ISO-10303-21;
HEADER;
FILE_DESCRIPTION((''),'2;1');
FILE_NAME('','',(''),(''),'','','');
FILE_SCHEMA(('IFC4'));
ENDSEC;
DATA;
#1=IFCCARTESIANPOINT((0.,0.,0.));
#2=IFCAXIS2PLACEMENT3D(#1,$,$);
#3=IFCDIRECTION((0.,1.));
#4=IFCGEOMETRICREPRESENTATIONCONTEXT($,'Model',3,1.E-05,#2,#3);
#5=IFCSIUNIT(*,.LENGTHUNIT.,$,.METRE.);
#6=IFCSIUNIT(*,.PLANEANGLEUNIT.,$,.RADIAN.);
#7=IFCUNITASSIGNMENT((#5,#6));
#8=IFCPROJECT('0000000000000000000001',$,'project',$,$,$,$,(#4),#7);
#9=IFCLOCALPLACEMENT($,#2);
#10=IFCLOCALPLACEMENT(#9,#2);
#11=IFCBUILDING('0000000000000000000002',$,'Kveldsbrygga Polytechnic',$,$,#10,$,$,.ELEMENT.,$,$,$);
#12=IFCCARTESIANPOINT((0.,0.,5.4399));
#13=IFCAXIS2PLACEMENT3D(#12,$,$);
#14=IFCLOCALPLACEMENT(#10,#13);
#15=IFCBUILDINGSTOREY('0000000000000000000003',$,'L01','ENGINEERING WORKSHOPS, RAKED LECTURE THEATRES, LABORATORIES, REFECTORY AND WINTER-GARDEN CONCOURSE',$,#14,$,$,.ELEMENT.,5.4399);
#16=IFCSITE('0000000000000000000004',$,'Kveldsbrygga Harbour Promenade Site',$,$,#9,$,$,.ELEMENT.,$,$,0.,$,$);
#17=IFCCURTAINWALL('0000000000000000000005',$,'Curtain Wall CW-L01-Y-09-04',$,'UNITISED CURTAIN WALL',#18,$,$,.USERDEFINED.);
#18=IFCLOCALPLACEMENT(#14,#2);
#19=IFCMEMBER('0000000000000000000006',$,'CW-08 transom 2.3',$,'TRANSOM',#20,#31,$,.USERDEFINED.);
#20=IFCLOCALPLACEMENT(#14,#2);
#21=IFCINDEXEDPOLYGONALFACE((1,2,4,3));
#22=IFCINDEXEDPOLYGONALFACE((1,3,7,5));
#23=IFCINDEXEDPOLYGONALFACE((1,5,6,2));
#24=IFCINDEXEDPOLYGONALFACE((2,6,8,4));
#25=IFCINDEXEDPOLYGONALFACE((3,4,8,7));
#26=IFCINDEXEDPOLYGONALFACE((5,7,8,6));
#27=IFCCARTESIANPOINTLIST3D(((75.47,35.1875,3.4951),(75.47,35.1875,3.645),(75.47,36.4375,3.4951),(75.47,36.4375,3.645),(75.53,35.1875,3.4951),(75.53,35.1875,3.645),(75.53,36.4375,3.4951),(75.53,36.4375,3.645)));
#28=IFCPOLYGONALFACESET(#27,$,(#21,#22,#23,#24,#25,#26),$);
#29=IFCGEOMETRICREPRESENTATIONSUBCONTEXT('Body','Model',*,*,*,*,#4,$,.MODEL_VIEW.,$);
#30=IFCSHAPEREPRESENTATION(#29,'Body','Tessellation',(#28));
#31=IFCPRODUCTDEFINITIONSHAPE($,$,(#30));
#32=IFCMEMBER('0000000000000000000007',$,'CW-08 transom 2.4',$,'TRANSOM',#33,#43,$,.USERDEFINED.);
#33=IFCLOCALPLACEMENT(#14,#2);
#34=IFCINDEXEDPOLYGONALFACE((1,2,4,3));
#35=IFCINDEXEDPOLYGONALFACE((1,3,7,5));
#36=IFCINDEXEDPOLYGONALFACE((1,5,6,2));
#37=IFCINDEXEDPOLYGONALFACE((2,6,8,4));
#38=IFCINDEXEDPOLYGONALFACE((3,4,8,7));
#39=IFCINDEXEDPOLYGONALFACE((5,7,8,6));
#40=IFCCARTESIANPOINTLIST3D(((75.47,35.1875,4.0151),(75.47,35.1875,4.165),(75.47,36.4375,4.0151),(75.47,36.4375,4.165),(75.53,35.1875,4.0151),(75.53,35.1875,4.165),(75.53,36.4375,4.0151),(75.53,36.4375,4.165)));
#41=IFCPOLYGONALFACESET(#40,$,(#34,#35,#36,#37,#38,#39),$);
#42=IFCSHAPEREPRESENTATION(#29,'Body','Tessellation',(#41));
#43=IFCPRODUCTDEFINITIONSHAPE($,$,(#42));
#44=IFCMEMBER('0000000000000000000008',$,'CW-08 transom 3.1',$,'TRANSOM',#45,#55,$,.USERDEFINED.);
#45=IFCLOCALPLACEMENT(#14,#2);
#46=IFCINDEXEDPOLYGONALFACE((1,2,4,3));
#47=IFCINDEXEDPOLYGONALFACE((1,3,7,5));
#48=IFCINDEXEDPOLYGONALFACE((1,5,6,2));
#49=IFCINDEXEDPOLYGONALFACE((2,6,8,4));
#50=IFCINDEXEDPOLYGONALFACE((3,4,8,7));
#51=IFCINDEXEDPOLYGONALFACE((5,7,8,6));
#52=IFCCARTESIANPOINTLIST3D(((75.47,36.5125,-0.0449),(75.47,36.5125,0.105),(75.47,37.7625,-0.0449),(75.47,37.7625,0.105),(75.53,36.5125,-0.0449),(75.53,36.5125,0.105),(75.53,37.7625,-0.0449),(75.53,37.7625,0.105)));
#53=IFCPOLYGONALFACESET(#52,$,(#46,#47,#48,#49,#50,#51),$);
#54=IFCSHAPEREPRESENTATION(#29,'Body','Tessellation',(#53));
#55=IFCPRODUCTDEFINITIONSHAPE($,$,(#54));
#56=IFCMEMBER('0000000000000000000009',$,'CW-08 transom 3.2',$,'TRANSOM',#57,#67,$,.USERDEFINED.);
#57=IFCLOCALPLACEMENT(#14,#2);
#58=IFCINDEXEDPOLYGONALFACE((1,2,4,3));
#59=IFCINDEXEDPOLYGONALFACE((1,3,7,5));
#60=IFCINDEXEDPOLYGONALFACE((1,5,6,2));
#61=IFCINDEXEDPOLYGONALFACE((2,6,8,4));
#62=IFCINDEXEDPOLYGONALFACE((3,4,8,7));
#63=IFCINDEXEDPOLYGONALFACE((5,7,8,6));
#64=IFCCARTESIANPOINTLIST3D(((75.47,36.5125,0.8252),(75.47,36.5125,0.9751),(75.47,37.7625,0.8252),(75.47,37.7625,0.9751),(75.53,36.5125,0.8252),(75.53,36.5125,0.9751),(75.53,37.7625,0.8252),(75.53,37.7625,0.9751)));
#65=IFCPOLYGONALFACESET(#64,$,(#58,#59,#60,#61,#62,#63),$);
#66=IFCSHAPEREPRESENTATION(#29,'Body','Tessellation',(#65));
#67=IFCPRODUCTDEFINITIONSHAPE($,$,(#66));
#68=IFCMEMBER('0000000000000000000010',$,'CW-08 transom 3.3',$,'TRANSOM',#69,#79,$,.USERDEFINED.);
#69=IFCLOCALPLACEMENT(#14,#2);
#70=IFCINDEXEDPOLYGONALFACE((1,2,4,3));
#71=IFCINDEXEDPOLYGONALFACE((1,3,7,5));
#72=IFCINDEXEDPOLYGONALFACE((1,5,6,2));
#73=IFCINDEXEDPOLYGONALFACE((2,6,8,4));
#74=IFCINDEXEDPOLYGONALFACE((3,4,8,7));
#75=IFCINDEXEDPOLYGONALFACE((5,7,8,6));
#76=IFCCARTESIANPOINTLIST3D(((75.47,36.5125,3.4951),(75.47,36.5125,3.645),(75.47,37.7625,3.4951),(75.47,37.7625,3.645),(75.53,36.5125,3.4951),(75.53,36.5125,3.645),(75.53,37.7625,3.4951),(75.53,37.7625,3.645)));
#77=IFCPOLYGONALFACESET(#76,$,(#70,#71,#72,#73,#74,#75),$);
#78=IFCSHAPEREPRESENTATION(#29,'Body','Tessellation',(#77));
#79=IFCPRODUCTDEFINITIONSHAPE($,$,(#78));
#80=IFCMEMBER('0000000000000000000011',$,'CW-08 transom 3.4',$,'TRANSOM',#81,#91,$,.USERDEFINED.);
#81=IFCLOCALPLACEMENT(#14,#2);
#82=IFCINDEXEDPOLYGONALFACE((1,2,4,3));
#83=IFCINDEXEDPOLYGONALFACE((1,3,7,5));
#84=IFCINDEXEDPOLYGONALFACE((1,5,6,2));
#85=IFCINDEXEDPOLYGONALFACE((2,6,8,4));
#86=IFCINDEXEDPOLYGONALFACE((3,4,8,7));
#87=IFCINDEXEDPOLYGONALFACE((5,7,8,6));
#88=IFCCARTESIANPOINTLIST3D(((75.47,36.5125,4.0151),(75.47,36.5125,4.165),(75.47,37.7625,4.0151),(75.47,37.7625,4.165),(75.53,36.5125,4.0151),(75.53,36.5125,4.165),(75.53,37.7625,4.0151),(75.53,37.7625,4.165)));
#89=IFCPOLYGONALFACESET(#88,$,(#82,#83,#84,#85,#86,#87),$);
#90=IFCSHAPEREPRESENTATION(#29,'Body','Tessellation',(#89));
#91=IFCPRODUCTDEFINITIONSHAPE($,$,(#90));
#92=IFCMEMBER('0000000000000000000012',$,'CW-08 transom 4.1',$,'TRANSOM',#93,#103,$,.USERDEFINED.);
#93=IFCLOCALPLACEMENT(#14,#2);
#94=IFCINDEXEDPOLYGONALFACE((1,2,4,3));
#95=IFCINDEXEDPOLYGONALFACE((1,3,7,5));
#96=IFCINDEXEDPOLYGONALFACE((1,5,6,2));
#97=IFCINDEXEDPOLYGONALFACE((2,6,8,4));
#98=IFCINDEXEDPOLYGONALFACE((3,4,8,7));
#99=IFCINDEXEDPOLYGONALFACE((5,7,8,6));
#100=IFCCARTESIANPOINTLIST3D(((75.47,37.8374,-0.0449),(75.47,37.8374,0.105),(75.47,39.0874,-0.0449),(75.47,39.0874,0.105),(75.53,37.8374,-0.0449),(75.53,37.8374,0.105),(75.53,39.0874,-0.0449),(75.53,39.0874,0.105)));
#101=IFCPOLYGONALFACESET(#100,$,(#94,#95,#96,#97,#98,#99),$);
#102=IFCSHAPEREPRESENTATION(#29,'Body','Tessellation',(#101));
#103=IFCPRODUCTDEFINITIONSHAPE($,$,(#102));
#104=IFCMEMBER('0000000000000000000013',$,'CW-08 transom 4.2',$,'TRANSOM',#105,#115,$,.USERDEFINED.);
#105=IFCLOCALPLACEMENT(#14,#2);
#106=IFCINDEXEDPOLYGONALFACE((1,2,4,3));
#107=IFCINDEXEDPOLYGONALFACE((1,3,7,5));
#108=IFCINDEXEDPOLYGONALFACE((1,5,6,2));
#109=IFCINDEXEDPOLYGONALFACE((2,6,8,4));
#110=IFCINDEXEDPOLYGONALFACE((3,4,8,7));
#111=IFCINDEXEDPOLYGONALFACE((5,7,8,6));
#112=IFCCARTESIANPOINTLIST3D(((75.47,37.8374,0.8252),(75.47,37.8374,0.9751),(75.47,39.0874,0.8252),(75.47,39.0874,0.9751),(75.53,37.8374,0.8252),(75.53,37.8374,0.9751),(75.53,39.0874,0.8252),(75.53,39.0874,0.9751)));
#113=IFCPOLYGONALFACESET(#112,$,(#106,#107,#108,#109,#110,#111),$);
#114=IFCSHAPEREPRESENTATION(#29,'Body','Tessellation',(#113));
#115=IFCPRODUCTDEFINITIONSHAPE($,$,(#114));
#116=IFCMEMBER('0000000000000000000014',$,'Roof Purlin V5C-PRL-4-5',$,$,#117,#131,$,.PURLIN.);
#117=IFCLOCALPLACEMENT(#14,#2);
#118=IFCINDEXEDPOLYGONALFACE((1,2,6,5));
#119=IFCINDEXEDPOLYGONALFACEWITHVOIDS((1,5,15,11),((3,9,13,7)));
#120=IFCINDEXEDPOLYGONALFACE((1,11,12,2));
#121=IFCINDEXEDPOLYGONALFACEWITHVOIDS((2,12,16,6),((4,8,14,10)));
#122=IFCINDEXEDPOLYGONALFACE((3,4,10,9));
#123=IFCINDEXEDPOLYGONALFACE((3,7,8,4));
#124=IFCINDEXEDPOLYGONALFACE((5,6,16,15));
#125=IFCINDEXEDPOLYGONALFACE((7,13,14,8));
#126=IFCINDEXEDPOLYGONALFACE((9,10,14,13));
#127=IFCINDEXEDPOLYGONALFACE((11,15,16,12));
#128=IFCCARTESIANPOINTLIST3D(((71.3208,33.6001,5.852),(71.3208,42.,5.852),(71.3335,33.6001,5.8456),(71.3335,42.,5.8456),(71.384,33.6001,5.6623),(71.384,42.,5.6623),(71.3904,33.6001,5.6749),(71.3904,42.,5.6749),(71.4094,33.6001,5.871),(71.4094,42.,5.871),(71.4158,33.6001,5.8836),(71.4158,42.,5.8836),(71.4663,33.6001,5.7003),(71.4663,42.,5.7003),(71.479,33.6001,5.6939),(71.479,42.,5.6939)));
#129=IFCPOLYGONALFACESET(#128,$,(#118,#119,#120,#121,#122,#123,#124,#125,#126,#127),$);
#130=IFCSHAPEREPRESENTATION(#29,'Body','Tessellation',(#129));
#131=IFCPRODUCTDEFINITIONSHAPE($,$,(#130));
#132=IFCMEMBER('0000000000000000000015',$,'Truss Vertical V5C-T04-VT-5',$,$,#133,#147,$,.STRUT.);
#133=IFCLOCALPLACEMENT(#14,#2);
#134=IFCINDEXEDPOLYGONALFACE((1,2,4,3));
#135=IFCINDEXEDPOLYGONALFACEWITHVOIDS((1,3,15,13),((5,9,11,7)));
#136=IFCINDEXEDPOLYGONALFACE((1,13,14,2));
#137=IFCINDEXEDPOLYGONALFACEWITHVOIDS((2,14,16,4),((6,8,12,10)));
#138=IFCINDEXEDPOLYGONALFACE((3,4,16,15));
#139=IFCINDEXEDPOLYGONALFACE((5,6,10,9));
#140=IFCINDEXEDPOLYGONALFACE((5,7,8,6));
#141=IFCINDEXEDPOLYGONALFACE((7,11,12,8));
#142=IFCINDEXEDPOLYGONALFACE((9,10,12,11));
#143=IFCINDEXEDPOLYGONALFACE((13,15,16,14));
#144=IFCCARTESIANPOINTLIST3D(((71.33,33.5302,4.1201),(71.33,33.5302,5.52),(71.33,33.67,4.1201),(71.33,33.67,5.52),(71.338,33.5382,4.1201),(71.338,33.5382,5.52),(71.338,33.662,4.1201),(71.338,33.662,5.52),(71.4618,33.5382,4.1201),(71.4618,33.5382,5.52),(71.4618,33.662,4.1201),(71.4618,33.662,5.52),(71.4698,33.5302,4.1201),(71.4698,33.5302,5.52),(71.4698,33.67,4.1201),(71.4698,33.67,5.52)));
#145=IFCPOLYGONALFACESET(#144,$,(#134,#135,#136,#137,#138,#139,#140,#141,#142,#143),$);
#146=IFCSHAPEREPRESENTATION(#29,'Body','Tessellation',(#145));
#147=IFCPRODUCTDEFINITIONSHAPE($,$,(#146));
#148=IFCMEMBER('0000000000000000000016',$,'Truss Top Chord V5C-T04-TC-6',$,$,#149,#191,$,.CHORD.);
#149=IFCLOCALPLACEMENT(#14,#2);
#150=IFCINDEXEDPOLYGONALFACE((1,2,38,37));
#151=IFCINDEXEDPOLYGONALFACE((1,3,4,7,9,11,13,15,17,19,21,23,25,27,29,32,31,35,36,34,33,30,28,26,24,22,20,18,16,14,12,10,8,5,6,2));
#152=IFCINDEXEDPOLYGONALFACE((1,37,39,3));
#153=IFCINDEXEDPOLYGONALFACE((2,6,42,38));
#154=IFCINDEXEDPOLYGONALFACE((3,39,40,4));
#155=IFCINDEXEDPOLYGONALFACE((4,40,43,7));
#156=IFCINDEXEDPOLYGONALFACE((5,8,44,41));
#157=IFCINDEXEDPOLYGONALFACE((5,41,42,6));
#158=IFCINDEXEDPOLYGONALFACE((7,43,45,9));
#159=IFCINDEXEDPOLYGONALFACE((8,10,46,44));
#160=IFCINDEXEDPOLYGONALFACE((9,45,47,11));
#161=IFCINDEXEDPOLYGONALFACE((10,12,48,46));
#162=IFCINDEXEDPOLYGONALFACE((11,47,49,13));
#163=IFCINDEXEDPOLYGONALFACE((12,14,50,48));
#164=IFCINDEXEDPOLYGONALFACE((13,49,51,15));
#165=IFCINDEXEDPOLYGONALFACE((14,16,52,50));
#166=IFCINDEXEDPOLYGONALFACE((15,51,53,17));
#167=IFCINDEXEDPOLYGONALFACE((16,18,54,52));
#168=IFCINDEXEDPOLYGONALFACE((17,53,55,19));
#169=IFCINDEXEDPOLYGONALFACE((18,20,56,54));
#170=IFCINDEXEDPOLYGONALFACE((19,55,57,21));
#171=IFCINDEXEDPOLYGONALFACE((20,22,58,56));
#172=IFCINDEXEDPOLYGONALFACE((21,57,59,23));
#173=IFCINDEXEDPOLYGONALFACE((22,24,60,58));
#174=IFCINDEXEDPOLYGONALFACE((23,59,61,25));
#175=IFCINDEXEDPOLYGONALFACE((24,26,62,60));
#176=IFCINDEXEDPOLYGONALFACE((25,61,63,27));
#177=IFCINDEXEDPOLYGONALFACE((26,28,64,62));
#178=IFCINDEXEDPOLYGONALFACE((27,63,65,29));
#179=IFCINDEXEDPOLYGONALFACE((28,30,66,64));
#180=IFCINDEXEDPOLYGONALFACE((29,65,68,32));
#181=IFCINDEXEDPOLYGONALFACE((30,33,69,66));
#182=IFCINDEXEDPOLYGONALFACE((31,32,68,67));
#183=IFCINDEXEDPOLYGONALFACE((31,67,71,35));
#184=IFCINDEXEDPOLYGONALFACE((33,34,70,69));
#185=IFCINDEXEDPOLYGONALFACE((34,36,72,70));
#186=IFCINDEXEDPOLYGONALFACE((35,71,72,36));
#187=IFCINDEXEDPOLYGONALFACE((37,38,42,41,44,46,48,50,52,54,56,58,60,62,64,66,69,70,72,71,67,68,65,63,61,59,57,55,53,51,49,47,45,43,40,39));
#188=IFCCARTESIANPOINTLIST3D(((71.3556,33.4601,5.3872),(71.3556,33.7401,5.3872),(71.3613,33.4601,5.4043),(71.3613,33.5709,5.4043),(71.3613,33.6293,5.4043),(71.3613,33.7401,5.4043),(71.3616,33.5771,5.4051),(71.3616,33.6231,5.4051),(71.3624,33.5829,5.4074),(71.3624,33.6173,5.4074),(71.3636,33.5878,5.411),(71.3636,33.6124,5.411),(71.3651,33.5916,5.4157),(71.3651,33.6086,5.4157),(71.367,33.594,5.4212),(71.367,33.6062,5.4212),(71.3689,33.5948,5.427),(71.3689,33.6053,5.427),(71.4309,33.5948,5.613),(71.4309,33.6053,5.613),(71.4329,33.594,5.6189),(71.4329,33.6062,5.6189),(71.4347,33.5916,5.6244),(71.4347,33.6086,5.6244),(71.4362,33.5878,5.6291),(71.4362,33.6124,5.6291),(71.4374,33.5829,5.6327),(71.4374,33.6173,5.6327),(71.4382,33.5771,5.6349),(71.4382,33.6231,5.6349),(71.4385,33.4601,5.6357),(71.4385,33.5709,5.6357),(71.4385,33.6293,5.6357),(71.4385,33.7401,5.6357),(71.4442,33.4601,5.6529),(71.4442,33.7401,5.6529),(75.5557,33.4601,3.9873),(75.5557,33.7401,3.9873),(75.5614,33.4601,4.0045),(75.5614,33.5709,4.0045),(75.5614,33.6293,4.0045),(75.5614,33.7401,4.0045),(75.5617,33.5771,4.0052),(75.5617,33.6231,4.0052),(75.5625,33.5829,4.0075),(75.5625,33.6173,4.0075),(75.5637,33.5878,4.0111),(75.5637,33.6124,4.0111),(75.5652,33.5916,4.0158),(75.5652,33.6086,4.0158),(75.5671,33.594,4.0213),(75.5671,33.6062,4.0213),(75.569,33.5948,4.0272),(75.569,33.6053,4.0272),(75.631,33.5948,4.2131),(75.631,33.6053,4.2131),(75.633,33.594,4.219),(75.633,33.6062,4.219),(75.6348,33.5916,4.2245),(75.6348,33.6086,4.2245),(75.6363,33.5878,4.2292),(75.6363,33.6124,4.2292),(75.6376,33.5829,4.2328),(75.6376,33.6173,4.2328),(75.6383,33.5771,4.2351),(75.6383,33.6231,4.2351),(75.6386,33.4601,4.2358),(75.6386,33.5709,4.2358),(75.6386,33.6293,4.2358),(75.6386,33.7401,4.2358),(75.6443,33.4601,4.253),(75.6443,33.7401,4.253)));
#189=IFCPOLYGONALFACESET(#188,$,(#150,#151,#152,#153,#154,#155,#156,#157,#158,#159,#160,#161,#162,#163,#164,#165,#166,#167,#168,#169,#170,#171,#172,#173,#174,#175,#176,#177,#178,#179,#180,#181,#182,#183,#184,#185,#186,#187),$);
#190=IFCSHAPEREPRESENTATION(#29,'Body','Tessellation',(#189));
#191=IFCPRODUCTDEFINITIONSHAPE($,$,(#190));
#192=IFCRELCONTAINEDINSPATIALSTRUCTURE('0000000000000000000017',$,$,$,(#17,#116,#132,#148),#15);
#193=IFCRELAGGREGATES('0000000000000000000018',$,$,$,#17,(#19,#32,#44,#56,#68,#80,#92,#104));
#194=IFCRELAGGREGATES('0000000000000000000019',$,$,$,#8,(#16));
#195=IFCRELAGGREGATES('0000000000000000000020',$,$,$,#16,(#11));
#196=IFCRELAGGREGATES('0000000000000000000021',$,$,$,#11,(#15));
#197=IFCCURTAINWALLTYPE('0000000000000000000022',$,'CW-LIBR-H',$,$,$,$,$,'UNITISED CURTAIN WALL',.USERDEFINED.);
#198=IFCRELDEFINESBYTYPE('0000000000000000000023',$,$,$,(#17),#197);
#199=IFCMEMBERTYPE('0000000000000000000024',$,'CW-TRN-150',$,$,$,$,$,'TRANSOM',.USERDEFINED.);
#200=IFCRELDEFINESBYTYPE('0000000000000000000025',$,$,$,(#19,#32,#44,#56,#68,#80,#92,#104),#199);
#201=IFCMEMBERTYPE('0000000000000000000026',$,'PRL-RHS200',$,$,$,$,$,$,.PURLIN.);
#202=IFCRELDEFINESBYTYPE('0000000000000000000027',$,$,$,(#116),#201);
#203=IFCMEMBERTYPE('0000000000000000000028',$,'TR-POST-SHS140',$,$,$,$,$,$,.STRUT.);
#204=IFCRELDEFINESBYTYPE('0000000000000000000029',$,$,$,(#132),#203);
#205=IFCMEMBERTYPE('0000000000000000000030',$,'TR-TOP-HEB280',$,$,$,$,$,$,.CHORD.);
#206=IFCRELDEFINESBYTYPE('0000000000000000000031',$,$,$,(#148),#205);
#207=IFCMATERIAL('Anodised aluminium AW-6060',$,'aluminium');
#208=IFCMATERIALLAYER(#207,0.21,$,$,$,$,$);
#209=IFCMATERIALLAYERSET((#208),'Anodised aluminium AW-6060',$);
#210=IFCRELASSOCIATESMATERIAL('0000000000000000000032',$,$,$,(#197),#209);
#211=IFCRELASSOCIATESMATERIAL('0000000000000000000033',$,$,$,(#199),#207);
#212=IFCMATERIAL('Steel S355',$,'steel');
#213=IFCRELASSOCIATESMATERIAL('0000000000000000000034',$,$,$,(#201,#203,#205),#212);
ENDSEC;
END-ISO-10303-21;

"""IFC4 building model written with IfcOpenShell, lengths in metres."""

from ifc_helpers import new_model, si_unit, direction, frame, origin, origin_2d, place, context, subcontext, project, spatial, rectangle, hollow_rectangle, i_section, extrude, material, layer, layer_set, material_profile, profile_set, type_object, element, aggregate, save


model = new_model("IFC4")

# Units and contexts
model_context = context("Model", 3, precision=1e-05, world=origin(), true_north=direction((0.0, 1.0)))
body_context = subcontext(model_context, "Body", "Model", "MODEL_VIEW")
ifc_project = project(units=[si_unit("LENGTHUNIT", "METRE"), si_unit("PLANEANGLEUNIT", "RADIAN")], contexts=[model_context])

# Site, building, storey
site_placement = place(None, origin())
site = spatial("IfcSite", under=ifc_project, at=site_placement, Name="Kveldsbrygga Harbour Promenade Site", CompositionType="ELEMENT", RefElevation=0.0)
building_placement = place(site_placement, origin())
building = spatial("IfcBuilding", under=site, at=building_placement, Name="Kveldsbrygga Polytechnic", CompositionType="ELEMENT")
storey_placement = place(building_placement, frame((0.0, 0.0, 5.4399)))
storey = spatial("IfcBuildingStorey", under=building, at=storey_placement, Name="L01", Description="ENGINEERING WORKSHOPS, RAKED LECTURE THEATRES, LABORATORIES, REFECTORY AND WINTER-GARDEN CONCOURSE", CompositionType="ELEMENT", Elevation=5.4399)

# Shared definitions
ifc_material_1 = material(Name="Anodised aluminium AW-6060", Category="aluminium")

# Curtain wall
ifc_layer_1 = layer(ifc_material_1, 0.21)
ifc_layer_set_1 = layer_set([ifc_layer_1], Name="Anodised aluminium AW-6060")
curtain_wall_type_1 = type_object("IfcCurtainWallType", Name="CW-LIBR-H", ElementType="UNITISED CURTAIN WALL", PredefinedType="USERDEFINED", material=ifc_layer_set_1)
curtain_wall_1_placement = place(storey_placement, origin())
curtain_wall_1 = element("IfcCurtainWall", 1, at=curtain_wall_1_placement, inside=storey, type_object=curtain_wall_type_1, Name="Curtain Wall CW-L01-Y-09-04", ObjectType="UNITISED CURTAIN WALL", PredefinedType="USERDEFINED")

# Members
ifc_material_profile_1 = material_profile(ifc_material_1, rectangle(XDim=0.0601, YDim=0.1499, at=origin_2d()), Name="ALU 60x150")
ifc_profile_set_1 = profile_set([ifc_material_profile_1], Name="Anodised aluminium AW-6060")
member_type_1 = type_object("IfcMemberType", Name="CW-TRN-150", ElementType="TRANSOM", PredefinedType="USERDEFINED", material=ifc_profile_set_1)
member_1_placement = place(storey_placement, frame((75.5, 35.1875, 3.5701), z_axis=(0.0, 1.0, 0.0), x_axis=(-1.0, 0.0, 0.0)))
member_1 = element("IfcMember", 2, at=member_1_placement, type_object=member_type_1, Name="CW-08 transom 2.3", ObjectType="TRANSOM", PredefinedType="USERDEFINED", context=body_context, shape_type="SweptSolid", body=[
    extrude(rectangle(XDim=0.0601, YDim=0.1499, at=origin_2d()), origin(), (0.0, 0.0, 1.0), 1.25),
])
member_2_placement = place(storey_placement, frame((75.5, 35.1875, 4.0901), z_axis=(0.0, 1.0, 0.0), x_axis=(-1.0, 0.0, 0.0)))
member_2 = element("IfcMember", 3, at=member_2_placement, type_object=member_type_1, Name="CW-08 transom 2.4", ObjectType="TRANSOM", PredefinedType="USERDEFINED", context=body_context, shape_type="SweptSolid", body=[
    extrude(rectangle(XDim=0.0601, YDim=0.1499, at=origin_2d()), origin(), (0.0, 0.0, 1.0), 1.25),
])
member_3_placement = place(storey_placement, frame((75.5, 36.5125, 0.03), z_axis=(0.0, 1.0, 0.0), x_axis=(-1.0, 0.0, 0.0)))
member_3 = element("IfcMember", 4, at=member_3_placement, type_object=member_type_1, Name="CW-08 transom 3.1", ObjectType="TRANSOM", PredefinedType="USERDEFINED", context=body_context, shape_type="SweptSolid", body=[
    extrude(rectangle(XDim=0.0601, YDim=0.1499, at=origin_2d()), origin(), (0.0, 0.0, 1.0), 1.25),
])
member_4_placement = place(storey_placement, frame((75.5, 36.5125, 0.9001), z_axis=(0.0, 1.0, 0.0), x_axis=(-1.0, 0.0, 0.0)))
member_4 = element("IfcMember", 5, at=member_4_placement, type_object=member_type_1, Name="CW-08 transom 3.2", ObjectType="TRANSOM", PredefinedType="USERDEFINED", context=body_context, shape_type="SweptSolid", body=[
    extrude(rectangle(XDim=0.0601, YDim=0.1499, at=origin_2d()), origin(), (0.0, 0.0, 1.0), 1.25),
])
member_5_placement = place(storey_placement, frame((75.5, 36.5125, 3.5701), z_axis=(0.0, 1.0, 0.0), x_axis=(-1.0, 0.0, 0.0)))
member_5 = element("IfcMember", 6, at=member_5_placement, type_object=member_type_1, Name="CW-08 transom 3.3", ObjectType="TRANSOM", PredefinedType="USERDEFINED", context=body_context, shape_type="SweptSolid", body=[
    extrude(rectangle(XDim=0.0601, YDim=0.1499, at=origin_2d()), origin(), (0.0, 0.0, 1.0), 1.25),
])
member_6_placement = place(storey_placement, frame((75.5, 36.5125, 4.0901), z_axis=(0.0, 1.0, 0.0), x_axis=(-1.0, 0.0, 0.0)))
member_6 = element("IfcMember", 7, at=member_6_placement, type_object=member_type_1, Name="CW-08 transom 3.4", ObjectType="TRANSOM", PredefinedType="USERDEFINED", context=body_context, shape_type="SweptSolid", body=[
    extrude(rectangle(XDim=0.0601, YDim=0.1499, at=origin_2d()), origin(), (0.0, 0.0, 1.0), 1.25),
])
member_7_placement = place(storey_placement, frame((75.5, 37.8374, 0.03), z_axis=(0.0, 1.0, 0.0), x_axis=(-1.0, 0.0, 0.0)))
member_7 = element("IfcMember", 8, at=member_7_placement, type_object=member_type_1, Name="CW-08 transom 4.1", ObjectType="TRANSOM", PredefinedType="USERDEFINED", context=body_context, shape_type="SweptSolid", body=[
    extrude(rectangle(XDim=0.0601, YDim=0.1499, at=origin_2d()), origin(), (0.0, 0.0, 1.0), 1.25),
])
member_8_placement = place(storey_placement, frame((75.5, 37.8374, 0.9001), z_axis=(0.0, 1.0, 0.0), x_axis=(-1.0, 0.0, 0.0)))
member_8 = element("IfcMember", 9, at=member_8_placement, type_object=member_type_1, Name="CW-08 transom 4.2", ObjectType="TRANSOM", PredefinedType="USERDEFINED", context=body_context, shape_type="SweptSolid", body=[
    extrude(rectangle(XDim=0.0601, YDim=0.1499, at=origin_2d()), origin(), (0.0, 0.0, 1.0), 1.25),
])

# Members
ifc_material_2 = material(Name="Steel S355", Category="steel")
ifc_material_profile_2 = material_profile(ifc_material_2, hollow_rectangle(XDim=0.1001, YDim=0.2, WallThickness=0.01, at=origin_2d()), Name="RHS 200x100x10.0")
ifc_profile_set_2 = profile_set([ifc_material_profile_2], Name="Steel S355")
member_type_2 = type_object("IfcMemberType", Name="PRL-RHS200", PredefinedType="PURLIN", material=ifc_profile_set_2)
member_9_placement = place(storey_placement, frame((71.3999, 33.6001, 5.7729), z_axis=(0.0, 1.0, 0.0), x_axis=(-0.948684, 0.0, -0.316227)))
element("IfcMember", 10, at=member_9_placement, inside=storey, type_object=member_type_2, Name="Roof Purlin V5C-PRL-4-5", PredefinedType="PURLIN", context=body_context, shape_type="SweptSolid", body=[
    extrude(hollow_rectangle(XDim=0.1001, YDim=0.2, WallThickness=0.01, at=origin_2d()), origin(), (0.0, 0.0, 1.0), 8.3999),
])
ifc_material_profile_3 = material_profile(ifc_material_2, hollow_rectangle(XDim=0.1399, YDim=0.1399, WallThickness=0.0081, at=origin_2d()), Name="SHS 140x140x8.0")
ifc_profile_set_3 = profile_set([ifc_material_profile_3], Name="Steel S355")
member_type_3 = type_object("IfcMemberType", Name="TR-POST-SHS140", PredefinedType="STRUT", material=ifc_profile_set_3)
member_10_placement = place(storey_placement, frame((71.3999, 33.6001, 4.1201), z_axis=(0.0, 0.0, 1.0), x_axis=(1.0, 0.0, 0.0)))
element("IfcMember", 11, at=member_10_placement, inside=storey, type_object=member_type_3, Name="Truss Vertical V5C-T04-VT-5", PredefinedType="STRUT", context=body_context, shape_type="SweptSolid", body=[
    extrude(hollow_rectangle(XDim=0.1399, YDim=0.1399, WallThickness=0.0081, at=origin_2d()), origin(), (0.0, 0.0, 1.0), 1.3999),
])
ifc_material_profile_4 = material_profile(ifc_material_2, i_section(OverallWidth=0.28, OverallDepth=0.28, WebThickness=0.0105, FlangeThickness=0.0181, FilletRadius=0.0239, at=origin_2d()), Name="HEB 280")
ifc_profile_set_4 = profile_set([ifc_material_profile_4], Name="Steel S355")
member_type_4 = type_object("IfcMemberType", Name="TR-TOP-HEB280", PredefinedType="CHORD", material=ifc_profile_set_4)
member_11_placement = place(storey_placement, frame((71.3999, 33.6001, 5.52), z_axis=(0.948694, 0.0, -0.316195), x_axis=(0.0, 1.0, 0.0)))
element("IfcMember", 12, at=member_11_placement, inside=storey, type_object=member_type_4, Name="Truss Top Chord V5C-T04-TC-6", PredefinedType="CHORD", context=body_context, shape_type="SweptSolid", body=[
    extrude(i_section(OverallWidth=0.28, OverallDepth=0.28, WebThickness=0.0105, FlangeThickness=0.0181, FilletRadius=0.0239, at=origin_2d()), origin(), (0.0, 0.0, 1.0), 4.4272),
])

aggregate(curtain_wall_1, [member_1, member_2, member_3, member_4, member_5, member_6, member_7, member_8])

save(model, "model.ifc")
